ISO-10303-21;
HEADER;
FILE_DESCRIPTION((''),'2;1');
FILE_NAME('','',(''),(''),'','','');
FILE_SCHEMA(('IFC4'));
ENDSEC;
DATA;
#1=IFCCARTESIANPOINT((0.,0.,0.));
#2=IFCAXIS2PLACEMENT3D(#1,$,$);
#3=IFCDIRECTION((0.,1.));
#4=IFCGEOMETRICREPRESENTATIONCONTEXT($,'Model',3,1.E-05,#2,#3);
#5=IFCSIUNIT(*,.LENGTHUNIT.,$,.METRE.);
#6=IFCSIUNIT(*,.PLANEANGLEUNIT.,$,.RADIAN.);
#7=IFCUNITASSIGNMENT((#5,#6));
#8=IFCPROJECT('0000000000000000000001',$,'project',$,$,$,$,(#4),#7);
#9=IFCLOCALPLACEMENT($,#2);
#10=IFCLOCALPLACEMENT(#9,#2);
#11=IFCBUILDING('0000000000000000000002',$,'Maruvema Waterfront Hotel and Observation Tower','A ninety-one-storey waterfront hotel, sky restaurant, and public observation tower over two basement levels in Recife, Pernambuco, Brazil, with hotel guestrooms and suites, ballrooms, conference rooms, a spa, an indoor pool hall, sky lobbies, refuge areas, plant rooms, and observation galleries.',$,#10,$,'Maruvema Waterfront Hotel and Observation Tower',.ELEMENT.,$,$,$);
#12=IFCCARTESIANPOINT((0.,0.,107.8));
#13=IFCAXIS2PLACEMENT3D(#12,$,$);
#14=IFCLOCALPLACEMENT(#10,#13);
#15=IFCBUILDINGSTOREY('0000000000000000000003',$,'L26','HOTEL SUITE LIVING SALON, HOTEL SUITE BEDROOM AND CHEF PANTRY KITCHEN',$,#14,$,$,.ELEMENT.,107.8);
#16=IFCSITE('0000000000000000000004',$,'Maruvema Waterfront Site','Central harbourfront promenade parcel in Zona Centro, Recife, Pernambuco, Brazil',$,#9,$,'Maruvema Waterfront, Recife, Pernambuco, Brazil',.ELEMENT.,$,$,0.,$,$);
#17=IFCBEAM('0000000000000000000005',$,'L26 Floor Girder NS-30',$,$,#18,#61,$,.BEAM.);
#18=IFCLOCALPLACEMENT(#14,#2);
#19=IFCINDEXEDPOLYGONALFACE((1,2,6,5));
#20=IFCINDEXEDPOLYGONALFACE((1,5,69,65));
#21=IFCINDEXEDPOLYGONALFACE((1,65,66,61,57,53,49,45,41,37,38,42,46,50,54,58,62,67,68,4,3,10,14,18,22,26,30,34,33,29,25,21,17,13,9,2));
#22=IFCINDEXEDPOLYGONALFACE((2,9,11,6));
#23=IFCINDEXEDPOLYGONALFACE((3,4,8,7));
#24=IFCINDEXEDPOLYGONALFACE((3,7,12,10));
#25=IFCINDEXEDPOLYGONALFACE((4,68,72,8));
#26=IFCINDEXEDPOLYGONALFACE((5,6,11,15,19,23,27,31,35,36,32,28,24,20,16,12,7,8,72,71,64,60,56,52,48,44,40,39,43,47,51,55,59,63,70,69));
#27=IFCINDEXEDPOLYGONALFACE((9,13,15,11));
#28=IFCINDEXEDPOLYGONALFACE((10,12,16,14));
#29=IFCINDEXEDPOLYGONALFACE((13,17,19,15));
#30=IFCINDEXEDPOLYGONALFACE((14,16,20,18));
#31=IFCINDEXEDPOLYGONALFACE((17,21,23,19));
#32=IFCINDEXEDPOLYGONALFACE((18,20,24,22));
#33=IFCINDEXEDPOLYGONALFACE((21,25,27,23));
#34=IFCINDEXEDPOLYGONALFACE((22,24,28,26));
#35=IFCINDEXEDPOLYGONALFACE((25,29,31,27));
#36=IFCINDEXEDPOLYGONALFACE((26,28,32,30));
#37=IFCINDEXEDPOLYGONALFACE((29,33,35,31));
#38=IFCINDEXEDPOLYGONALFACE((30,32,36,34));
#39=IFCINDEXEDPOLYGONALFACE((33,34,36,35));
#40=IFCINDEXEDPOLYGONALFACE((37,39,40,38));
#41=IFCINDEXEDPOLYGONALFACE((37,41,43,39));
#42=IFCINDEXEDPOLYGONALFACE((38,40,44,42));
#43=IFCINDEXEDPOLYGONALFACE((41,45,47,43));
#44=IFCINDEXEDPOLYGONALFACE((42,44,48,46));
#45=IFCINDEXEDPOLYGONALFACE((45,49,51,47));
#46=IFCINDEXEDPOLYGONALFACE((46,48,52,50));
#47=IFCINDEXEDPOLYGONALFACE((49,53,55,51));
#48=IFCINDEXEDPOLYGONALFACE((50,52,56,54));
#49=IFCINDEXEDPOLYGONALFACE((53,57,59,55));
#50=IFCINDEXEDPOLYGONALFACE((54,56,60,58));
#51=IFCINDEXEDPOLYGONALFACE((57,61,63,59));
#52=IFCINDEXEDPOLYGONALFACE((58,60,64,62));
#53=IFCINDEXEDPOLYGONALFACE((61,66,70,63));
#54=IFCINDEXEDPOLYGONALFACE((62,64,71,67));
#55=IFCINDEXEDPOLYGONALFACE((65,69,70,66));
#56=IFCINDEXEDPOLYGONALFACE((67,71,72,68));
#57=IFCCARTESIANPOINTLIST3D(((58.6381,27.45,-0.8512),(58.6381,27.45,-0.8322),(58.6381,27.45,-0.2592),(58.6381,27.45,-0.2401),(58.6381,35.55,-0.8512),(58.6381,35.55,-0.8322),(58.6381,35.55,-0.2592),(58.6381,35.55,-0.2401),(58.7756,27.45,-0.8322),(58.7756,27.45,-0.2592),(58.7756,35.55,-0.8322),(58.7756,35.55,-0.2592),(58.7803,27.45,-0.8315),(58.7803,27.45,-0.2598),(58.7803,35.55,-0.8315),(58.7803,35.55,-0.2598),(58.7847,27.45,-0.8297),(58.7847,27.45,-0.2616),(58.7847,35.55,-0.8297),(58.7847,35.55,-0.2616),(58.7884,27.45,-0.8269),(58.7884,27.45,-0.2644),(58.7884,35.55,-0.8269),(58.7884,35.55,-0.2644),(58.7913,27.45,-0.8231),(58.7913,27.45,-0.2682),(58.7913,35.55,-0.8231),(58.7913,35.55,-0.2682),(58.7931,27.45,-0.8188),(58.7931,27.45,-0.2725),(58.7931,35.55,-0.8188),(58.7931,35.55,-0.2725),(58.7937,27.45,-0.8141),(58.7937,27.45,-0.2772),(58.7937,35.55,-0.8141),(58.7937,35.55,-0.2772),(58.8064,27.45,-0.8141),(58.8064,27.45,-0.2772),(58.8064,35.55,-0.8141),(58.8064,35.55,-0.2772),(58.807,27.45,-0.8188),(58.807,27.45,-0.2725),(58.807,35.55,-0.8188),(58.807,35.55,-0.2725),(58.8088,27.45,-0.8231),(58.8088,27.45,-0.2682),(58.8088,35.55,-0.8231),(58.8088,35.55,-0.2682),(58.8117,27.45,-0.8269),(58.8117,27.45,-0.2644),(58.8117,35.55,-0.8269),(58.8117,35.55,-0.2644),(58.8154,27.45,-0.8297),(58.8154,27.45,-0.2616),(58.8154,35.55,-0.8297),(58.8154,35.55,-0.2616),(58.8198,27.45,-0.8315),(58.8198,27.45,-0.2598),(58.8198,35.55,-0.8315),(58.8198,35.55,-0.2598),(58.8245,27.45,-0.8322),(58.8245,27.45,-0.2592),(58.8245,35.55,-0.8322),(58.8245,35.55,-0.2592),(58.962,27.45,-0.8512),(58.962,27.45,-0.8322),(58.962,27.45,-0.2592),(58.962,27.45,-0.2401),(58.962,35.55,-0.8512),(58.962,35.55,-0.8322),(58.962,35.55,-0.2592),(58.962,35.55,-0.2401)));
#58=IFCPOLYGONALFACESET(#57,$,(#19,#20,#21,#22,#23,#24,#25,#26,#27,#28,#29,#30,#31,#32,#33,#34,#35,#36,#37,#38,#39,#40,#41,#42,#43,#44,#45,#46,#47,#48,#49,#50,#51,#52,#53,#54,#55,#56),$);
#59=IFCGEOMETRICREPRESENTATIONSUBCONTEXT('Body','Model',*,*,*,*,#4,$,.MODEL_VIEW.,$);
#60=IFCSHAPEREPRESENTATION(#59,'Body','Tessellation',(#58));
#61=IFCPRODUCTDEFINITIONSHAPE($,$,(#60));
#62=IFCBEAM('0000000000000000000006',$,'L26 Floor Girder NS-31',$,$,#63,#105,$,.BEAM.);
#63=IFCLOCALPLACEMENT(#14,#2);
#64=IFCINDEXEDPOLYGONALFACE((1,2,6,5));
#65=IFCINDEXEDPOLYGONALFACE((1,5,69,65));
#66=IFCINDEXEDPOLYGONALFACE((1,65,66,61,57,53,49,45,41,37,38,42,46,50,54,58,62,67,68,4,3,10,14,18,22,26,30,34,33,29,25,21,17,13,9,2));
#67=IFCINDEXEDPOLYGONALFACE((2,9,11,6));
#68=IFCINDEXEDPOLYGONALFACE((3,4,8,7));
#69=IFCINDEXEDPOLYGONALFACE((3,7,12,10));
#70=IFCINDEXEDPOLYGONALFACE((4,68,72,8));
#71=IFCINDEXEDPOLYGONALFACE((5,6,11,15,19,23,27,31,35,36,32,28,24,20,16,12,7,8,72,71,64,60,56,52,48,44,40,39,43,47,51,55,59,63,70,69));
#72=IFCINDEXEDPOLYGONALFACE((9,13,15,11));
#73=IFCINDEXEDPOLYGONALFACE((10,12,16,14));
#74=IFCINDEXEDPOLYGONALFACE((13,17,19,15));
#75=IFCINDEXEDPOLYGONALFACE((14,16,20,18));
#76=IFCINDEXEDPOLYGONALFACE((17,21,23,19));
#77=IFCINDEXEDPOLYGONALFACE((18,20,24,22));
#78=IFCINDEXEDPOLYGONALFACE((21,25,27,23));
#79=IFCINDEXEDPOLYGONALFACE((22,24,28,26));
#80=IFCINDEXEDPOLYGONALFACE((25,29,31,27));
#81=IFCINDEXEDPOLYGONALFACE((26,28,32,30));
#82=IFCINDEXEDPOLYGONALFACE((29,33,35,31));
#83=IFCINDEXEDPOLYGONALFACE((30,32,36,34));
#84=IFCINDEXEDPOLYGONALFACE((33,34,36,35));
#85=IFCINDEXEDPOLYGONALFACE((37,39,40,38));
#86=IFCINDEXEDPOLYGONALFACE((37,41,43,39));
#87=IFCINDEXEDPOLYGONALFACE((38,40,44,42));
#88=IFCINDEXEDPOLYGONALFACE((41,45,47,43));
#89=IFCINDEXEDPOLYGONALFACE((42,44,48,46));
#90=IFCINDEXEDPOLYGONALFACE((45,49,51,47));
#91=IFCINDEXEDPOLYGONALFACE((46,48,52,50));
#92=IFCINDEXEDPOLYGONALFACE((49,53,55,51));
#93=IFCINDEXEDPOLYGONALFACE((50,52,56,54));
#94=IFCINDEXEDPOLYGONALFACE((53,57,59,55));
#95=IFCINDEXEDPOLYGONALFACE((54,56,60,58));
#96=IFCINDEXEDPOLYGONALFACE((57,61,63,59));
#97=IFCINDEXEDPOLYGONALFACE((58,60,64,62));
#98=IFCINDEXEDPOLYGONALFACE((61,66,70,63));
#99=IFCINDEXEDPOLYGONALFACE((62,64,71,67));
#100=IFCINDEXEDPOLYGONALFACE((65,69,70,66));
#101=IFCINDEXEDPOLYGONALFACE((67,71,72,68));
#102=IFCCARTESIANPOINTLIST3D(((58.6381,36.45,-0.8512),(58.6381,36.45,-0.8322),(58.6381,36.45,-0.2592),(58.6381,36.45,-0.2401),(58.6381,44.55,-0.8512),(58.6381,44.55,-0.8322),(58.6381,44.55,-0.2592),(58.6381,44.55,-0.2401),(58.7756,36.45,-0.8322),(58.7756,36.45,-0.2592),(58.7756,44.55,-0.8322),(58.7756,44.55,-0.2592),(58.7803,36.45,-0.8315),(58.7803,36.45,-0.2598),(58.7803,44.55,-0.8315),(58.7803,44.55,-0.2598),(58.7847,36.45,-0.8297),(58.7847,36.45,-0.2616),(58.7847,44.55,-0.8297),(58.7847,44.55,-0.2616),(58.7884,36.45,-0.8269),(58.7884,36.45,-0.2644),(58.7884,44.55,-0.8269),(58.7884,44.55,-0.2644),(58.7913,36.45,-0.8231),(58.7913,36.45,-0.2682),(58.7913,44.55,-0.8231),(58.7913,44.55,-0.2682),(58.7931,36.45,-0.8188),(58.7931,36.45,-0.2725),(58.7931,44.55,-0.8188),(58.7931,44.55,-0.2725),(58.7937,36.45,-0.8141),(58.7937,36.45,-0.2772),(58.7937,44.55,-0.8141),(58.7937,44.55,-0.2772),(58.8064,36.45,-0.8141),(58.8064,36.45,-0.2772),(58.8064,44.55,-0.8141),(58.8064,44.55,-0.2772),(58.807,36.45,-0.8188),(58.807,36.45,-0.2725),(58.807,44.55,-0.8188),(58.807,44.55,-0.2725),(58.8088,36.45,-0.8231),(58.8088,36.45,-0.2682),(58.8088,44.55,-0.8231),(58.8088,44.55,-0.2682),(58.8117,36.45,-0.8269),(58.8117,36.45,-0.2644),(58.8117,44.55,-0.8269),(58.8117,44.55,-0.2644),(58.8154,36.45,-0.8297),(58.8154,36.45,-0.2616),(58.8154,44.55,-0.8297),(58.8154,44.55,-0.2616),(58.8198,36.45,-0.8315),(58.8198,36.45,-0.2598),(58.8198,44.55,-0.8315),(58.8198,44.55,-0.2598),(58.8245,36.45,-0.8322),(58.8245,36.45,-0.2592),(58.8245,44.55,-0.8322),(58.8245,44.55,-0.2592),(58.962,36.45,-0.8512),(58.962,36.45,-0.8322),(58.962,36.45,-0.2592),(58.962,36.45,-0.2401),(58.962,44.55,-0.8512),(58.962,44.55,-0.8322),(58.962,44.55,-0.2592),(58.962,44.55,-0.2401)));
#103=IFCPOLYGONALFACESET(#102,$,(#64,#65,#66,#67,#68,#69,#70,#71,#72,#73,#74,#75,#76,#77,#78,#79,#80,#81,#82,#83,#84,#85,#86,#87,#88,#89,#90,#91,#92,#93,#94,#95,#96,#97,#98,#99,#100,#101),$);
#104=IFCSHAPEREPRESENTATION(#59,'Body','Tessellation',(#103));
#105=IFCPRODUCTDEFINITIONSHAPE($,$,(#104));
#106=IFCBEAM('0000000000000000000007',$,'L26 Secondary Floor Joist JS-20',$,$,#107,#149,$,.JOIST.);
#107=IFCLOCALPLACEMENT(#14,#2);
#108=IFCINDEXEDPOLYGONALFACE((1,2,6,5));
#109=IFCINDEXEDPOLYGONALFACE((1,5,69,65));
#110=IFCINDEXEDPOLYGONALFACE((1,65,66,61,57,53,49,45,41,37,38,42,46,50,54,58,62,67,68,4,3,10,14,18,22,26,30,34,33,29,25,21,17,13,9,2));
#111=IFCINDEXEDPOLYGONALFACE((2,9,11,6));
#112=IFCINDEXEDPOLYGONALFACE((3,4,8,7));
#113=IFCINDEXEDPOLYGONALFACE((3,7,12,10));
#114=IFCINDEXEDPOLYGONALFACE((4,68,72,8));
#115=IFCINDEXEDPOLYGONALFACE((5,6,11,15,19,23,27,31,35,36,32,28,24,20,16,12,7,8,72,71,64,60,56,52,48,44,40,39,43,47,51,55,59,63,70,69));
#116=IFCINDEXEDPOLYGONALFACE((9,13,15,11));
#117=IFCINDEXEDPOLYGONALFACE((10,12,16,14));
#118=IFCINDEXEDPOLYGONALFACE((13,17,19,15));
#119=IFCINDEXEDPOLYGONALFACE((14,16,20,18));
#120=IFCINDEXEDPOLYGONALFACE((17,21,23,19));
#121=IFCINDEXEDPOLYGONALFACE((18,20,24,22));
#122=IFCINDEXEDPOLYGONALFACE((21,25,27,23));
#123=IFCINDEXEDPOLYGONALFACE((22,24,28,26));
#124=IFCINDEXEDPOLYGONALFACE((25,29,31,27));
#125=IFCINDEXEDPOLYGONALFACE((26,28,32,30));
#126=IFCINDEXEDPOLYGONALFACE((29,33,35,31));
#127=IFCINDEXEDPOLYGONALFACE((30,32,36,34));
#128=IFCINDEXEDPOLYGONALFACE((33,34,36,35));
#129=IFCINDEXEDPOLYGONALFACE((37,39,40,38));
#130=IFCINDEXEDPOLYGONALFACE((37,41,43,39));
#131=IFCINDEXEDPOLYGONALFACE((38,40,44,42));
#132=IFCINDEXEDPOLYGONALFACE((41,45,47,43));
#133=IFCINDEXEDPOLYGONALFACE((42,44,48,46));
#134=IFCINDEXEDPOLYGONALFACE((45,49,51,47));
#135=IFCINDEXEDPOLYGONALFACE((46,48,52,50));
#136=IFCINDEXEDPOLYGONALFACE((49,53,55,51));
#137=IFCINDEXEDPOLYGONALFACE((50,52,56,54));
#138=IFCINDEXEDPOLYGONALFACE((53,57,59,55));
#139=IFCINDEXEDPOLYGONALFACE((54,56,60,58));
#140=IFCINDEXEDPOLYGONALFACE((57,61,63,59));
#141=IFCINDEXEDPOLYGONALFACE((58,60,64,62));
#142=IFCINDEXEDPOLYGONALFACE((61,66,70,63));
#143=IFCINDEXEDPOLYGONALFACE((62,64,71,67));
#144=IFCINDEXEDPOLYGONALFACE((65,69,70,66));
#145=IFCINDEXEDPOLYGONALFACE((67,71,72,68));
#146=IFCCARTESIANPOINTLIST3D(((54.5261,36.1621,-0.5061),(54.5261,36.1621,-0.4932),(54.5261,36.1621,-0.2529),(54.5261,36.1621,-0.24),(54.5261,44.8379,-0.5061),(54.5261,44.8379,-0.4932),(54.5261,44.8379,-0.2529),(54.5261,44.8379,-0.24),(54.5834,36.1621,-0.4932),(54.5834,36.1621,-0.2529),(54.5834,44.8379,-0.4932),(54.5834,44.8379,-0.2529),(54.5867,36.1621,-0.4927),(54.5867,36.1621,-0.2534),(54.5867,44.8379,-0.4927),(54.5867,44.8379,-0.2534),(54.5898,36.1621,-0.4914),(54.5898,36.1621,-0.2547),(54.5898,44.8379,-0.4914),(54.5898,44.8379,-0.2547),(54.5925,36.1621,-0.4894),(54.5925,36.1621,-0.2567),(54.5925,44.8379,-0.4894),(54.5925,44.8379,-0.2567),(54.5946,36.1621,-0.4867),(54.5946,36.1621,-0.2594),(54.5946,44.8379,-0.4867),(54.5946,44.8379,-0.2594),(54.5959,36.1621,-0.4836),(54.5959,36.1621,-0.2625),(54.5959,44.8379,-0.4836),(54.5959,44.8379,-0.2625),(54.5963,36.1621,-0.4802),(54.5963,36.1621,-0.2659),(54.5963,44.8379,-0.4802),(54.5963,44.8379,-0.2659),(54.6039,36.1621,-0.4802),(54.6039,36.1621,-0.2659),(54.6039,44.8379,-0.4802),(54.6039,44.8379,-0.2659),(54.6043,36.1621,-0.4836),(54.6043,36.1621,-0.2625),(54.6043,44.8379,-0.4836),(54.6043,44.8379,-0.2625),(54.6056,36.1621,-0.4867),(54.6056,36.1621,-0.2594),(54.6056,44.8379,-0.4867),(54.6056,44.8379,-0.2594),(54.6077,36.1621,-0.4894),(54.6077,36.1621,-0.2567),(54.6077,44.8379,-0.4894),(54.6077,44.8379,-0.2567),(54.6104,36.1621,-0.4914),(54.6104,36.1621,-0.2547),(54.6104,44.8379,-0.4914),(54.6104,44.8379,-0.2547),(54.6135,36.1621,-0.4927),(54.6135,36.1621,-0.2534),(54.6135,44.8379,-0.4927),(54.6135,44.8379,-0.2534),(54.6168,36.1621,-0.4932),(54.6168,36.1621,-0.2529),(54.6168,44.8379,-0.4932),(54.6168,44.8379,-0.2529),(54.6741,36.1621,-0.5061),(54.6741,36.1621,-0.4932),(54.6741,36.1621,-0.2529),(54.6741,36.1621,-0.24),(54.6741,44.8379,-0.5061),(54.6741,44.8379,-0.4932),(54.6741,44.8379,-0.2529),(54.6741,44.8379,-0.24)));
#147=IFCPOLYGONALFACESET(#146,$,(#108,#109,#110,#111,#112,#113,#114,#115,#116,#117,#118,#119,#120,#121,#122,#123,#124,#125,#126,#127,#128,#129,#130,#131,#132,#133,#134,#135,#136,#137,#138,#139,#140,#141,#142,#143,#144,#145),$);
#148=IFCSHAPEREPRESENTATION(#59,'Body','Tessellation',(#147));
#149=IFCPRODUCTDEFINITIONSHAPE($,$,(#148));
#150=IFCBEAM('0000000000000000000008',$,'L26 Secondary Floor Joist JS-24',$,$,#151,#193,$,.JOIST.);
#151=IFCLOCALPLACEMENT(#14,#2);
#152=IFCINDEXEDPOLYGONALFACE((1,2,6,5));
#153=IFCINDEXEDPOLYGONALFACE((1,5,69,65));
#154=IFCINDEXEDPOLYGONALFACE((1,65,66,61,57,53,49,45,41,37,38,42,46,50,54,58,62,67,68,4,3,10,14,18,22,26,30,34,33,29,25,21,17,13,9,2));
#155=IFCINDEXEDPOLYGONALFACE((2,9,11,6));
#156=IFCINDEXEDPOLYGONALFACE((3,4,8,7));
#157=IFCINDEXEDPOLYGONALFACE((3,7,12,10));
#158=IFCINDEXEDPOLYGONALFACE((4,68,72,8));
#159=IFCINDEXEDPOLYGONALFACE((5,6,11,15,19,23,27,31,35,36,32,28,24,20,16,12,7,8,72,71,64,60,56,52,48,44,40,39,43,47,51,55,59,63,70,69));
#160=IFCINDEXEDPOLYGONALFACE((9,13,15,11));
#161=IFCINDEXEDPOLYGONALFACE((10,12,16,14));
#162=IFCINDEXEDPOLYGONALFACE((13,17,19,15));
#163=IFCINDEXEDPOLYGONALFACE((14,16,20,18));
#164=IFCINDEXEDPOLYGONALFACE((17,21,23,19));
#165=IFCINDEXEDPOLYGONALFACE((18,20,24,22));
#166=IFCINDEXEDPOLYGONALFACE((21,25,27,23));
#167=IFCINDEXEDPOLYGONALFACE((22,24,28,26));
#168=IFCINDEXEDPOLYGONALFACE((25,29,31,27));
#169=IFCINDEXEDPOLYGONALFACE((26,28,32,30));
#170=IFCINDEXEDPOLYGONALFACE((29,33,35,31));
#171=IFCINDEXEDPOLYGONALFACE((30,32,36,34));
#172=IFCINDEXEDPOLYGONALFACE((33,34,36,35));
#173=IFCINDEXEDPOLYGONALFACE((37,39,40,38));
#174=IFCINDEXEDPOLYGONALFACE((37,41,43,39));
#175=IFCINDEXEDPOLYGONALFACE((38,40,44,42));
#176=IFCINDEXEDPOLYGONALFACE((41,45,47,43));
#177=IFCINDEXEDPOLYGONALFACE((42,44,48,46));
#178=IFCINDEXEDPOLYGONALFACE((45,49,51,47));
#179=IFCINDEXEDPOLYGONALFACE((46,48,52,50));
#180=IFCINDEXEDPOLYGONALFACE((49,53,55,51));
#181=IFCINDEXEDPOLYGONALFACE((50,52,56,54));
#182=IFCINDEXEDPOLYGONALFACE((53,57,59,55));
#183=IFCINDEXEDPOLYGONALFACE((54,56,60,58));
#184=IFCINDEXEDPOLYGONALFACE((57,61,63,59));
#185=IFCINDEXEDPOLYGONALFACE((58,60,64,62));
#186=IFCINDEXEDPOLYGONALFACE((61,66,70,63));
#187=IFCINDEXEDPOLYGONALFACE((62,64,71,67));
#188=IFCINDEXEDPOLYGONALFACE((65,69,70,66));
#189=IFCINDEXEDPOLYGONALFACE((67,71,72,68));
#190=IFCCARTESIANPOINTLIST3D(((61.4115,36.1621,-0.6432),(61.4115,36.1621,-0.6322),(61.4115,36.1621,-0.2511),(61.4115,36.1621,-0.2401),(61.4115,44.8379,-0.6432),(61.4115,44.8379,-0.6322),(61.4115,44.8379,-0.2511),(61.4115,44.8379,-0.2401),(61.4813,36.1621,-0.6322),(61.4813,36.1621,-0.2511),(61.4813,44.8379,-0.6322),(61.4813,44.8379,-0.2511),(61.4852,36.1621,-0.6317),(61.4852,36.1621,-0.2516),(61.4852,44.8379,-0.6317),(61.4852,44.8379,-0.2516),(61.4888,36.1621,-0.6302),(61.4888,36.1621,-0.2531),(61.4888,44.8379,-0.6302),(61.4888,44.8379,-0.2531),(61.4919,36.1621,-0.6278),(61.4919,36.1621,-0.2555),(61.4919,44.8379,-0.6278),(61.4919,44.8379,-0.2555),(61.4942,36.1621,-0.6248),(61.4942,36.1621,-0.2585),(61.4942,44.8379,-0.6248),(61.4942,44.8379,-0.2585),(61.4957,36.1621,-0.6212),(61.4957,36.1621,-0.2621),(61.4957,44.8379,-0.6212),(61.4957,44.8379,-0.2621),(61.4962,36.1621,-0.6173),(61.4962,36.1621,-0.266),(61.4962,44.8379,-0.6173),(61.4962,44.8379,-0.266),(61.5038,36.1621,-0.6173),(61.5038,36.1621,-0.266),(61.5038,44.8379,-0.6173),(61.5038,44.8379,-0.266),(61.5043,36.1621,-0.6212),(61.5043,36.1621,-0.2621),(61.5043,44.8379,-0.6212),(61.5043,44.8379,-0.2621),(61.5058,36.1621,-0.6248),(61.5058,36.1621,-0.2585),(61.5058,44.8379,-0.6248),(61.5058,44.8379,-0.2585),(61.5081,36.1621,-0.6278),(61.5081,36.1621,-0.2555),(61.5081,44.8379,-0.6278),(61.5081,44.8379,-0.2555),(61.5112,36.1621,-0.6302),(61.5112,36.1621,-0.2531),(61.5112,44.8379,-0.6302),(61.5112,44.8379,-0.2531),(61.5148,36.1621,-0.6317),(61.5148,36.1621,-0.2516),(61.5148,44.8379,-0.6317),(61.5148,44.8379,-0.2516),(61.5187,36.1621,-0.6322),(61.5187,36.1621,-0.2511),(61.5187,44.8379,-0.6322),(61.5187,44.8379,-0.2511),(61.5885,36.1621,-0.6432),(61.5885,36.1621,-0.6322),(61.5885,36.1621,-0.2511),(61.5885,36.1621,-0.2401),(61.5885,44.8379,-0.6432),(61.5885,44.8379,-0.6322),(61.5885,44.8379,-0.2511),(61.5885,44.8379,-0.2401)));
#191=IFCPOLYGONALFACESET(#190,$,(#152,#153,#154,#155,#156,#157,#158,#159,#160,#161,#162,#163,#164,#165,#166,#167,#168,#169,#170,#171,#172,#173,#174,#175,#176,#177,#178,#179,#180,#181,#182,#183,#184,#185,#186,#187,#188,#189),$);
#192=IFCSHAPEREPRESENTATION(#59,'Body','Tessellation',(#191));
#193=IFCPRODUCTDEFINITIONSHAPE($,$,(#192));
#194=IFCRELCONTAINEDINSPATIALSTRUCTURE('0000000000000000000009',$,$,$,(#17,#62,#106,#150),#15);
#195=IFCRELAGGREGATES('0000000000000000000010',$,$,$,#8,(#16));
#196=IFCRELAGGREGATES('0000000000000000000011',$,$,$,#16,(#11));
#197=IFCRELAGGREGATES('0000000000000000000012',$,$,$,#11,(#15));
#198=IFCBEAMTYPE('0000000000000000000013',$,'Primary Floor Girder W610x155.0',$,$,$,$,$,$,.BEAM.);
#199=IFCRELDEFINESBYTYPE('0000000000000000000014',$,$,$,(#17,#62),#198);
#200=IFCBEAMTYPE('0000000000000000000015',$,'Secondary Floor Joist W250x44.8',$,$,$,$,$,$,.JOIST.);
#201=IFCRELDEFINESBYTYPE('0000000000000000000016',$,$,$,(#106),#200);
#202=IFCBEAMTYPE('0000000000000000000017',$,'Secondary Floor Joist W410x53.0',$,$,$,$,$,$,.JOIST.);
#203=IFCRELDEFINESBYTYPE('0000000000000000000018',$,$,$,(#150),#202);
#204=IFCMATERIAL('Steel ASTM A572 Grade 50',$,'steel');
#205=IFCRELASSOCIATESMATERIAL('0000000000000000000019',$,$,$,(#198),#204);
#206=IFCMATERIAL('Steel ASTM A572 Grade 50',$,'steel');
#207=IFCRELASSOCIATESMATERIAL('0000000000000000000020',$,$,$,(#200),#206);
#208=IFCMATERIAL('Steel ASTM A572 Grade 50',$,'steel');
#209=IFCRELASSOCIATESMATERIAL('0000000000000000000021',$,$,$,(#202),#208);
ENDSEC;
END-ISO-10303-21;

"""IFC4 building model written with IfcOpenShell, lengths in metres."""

from ifc_helpers import new_model, si_unit, direction, frame, origin, origin_2d, place, context, subcontext, project, spatial, i_section, extrude, material, material_profile, profile_set, type_object, element, save


model = new_model("IFC4")

# Units and contexts
model_context = context("Model", 3, precision=1e-05, world=origin(), true_north=direction((0.0, 1.0)))
body_context = subcontext(model_context, "Body", "Model", "MODEL_VIEW")
ifc_project = project(units=[si_unit("LENGTHUNIT", "METRE"), si_unit("PLANEANGLEUNIT", "RADIAN")], contexts=[model_context])

# Site, building, storey
site_placement = place(None, origin())
site = spatial("IfcSite", under=ifc_project, at=site_placement, Name="Maruvema Waterfront Site", Description="Central harbourfront promenade parcel in Zona Centro, Recife, Pernambuco, Brazil", LongName="Maruvema Waterfront, Recife, Pernambuco, Brazil", CompositionType="ELEMENT", RefElevation=0.0)
building_placement = place(site_placement, origin())
building = spatial("IfcBuilding", under=site, at=building_placement, Name="Maruvema Waterfront Hotel and Observation Tower", Description="A ninety-one-storey waterfront hotel, sky restaurant, and public observation tower over two basement levels in Recife, Pernambuco, Brazil, with hotel guestrooms and suites, ballrooms, conference rooms, a spa, an indoor pool hall, sky lobbies, refuge areas, plant rooms, and observation galleries.", LongName="Maruvema Waterfront Hotel and Observation Tower", CompositionType="ELEMENT")
storey_placement = place(building_placement, frame((0.0, 0.0, 107.8)))
storey = spatial("IfcBuildingStorey", under=building, at=storey_placement, Name="L26", Description="HOTEL SUITE LIVING SALON, HOTEL SUITE BEDROOM AND CHEF PANTRY KITCHEN", CompositionType="ELEMENT", Elevation=107.8)

# Beams
ifc_material_1 = material(Name="Steel ASTM A572 Grade 50", Category="steel")
ifc_material_profile_1 = material_profile(ifc_material_1, i_section(OverallWidth=0.324, OverallDepth=0.6111, WebThickness=0.0127, FlangeThickness=0.019, FilletRadius=0.0181, at=origin_2d()), Name="W610x155.0")
ifc_profile_set_1 = profile_set([ifc_material_profile_1], Name="Steel ASTM A572 Grade 50")
beam_type_1 = type_object("IfcBeamType", Name="Primary Floor Girder W610x155.0", PredefinedType="BEAM", material=ifc_profile_set_1)
for number, where, z_axis, x_axis, name in (
    (1, (58.8, 27.45, -0.5457), (0.0, 1.0, 0.0), (-1.0, 0.0, 0.0), "L26 Floor Girder NS-30"),
    (2, (58.8, 36.45, -0.5457), (0.0, 1.0, 0.0), (-1.0, 0.0, 0.0), "L26 Floor Girder NS-31"),
):
    element("IfcBeam", number, at=place(storey_placement, frame(where, z_axis=z_axis, x_axis=x_axis)), inside=storey, type_object=beam_type_1, Name=name, PredefinedType="BEAM", context=body_context, shape_type="SweptSolid", body=[
        extrude(i_section(OverallWidth=0.324, OverallDepth=0.6111, WebThickness=0.0127, FlangeThickness=0.019, FilletRadius=0.0181, at=origin_2d()), origin(), (0.0, 0.0, 1.0), 8.1001),
    ])
ifc_material_2 = material(Name="Steel ASTM A572 Grade 50", Category="steel")
ifc_material_profile_2 = material_profile(ifc_material_2, i_section(OverallWidth=0.1479, OverallDepth=0.2661, WebThickness=0.0076, FlangeThickness=0.0129, FilletRadius=0.0129, at=origin_2d()), Name="W250x44.8")
ifc_profile_set_2 = profile_set([ifc_material_profile_2], Name="Steel ASTM A572 Grade 50")
beam_type_2 = type_object("IfcBeamType", Name="Secondary Floor Joist W250x44.8", PredefinedType="JOIST", material=ifc_profile_set_2)
beam_1_placement = place(storey_placement, frame((54.6001, 36.1621, -0.373), z_axis=(0.0, 1.0, 0.0), x_axis=(-1.0, 0.0, 0.0)))
element("IfcBeam", 3, at=beam_1_placement, inside=storey, type_object=beam_type_2, Name="L26 Secondary Floor Joist JS-20", PredefinedType="JOIST", context=body_context, shape_type="SweptSolid", body=[
    extrude(i_section(OverallWidth=0.1479, OverallDepth=0.2661, WebThickness=0.0076, FlangeThickness=0.0129, FilletRadius=0.0129, at=origin_2d()), origin(), (0.0, 0.0, 1.0), 8.6758),
])
ifc_material_3 = material(Name="Steel ASTM A572 Grade 50", Category="steel")
ifc_material_profile_3 = material_profile(ifc_material_3, i_section(OverallWidth=0.177, OverallDepth=0.4031, WebThickness=0.0076, FlangeThickness=0.011, FilletRadius=0.0149, at=origin_2d()), Name="W410x53.0")
ifc_profile_set_3 = profile_set([ifc_material_profile_3], Name="Steel ASTM A572 Grade 50")
beam_type_3 = type_object("IfcBeamType", Name="Secondary Floor Joist W410x53.0", PredefinedType="JOIST", material=ifc_profile_set_3)
beam_2_placement = place(storey_placement, frame((61.5, 36.1621, -0.4417), z_axis=(0.0, 1.0, 0.0), x_axis=(-1.0, 0.0, 0.0)))
element("IfcBeam", 4, at=beam_2_placement, inside=storey, type_object=beam_type_3, Name="L26 Secondary Floor Joist JS-24", PredefinedType="JOIST", context=body_context, shape_type="SweptSolid", body=[
    extrude(i_section(OverallWidth=0.177, OverallDepth=0.4031, WebThickness=0.0076, FlangeThickness=0.011, FilletRadius=0.0149, at=origin_2d()), origin(), (0.0, 0.0, 1.0), 8.6758),
])

save(model, "model.ifc")
